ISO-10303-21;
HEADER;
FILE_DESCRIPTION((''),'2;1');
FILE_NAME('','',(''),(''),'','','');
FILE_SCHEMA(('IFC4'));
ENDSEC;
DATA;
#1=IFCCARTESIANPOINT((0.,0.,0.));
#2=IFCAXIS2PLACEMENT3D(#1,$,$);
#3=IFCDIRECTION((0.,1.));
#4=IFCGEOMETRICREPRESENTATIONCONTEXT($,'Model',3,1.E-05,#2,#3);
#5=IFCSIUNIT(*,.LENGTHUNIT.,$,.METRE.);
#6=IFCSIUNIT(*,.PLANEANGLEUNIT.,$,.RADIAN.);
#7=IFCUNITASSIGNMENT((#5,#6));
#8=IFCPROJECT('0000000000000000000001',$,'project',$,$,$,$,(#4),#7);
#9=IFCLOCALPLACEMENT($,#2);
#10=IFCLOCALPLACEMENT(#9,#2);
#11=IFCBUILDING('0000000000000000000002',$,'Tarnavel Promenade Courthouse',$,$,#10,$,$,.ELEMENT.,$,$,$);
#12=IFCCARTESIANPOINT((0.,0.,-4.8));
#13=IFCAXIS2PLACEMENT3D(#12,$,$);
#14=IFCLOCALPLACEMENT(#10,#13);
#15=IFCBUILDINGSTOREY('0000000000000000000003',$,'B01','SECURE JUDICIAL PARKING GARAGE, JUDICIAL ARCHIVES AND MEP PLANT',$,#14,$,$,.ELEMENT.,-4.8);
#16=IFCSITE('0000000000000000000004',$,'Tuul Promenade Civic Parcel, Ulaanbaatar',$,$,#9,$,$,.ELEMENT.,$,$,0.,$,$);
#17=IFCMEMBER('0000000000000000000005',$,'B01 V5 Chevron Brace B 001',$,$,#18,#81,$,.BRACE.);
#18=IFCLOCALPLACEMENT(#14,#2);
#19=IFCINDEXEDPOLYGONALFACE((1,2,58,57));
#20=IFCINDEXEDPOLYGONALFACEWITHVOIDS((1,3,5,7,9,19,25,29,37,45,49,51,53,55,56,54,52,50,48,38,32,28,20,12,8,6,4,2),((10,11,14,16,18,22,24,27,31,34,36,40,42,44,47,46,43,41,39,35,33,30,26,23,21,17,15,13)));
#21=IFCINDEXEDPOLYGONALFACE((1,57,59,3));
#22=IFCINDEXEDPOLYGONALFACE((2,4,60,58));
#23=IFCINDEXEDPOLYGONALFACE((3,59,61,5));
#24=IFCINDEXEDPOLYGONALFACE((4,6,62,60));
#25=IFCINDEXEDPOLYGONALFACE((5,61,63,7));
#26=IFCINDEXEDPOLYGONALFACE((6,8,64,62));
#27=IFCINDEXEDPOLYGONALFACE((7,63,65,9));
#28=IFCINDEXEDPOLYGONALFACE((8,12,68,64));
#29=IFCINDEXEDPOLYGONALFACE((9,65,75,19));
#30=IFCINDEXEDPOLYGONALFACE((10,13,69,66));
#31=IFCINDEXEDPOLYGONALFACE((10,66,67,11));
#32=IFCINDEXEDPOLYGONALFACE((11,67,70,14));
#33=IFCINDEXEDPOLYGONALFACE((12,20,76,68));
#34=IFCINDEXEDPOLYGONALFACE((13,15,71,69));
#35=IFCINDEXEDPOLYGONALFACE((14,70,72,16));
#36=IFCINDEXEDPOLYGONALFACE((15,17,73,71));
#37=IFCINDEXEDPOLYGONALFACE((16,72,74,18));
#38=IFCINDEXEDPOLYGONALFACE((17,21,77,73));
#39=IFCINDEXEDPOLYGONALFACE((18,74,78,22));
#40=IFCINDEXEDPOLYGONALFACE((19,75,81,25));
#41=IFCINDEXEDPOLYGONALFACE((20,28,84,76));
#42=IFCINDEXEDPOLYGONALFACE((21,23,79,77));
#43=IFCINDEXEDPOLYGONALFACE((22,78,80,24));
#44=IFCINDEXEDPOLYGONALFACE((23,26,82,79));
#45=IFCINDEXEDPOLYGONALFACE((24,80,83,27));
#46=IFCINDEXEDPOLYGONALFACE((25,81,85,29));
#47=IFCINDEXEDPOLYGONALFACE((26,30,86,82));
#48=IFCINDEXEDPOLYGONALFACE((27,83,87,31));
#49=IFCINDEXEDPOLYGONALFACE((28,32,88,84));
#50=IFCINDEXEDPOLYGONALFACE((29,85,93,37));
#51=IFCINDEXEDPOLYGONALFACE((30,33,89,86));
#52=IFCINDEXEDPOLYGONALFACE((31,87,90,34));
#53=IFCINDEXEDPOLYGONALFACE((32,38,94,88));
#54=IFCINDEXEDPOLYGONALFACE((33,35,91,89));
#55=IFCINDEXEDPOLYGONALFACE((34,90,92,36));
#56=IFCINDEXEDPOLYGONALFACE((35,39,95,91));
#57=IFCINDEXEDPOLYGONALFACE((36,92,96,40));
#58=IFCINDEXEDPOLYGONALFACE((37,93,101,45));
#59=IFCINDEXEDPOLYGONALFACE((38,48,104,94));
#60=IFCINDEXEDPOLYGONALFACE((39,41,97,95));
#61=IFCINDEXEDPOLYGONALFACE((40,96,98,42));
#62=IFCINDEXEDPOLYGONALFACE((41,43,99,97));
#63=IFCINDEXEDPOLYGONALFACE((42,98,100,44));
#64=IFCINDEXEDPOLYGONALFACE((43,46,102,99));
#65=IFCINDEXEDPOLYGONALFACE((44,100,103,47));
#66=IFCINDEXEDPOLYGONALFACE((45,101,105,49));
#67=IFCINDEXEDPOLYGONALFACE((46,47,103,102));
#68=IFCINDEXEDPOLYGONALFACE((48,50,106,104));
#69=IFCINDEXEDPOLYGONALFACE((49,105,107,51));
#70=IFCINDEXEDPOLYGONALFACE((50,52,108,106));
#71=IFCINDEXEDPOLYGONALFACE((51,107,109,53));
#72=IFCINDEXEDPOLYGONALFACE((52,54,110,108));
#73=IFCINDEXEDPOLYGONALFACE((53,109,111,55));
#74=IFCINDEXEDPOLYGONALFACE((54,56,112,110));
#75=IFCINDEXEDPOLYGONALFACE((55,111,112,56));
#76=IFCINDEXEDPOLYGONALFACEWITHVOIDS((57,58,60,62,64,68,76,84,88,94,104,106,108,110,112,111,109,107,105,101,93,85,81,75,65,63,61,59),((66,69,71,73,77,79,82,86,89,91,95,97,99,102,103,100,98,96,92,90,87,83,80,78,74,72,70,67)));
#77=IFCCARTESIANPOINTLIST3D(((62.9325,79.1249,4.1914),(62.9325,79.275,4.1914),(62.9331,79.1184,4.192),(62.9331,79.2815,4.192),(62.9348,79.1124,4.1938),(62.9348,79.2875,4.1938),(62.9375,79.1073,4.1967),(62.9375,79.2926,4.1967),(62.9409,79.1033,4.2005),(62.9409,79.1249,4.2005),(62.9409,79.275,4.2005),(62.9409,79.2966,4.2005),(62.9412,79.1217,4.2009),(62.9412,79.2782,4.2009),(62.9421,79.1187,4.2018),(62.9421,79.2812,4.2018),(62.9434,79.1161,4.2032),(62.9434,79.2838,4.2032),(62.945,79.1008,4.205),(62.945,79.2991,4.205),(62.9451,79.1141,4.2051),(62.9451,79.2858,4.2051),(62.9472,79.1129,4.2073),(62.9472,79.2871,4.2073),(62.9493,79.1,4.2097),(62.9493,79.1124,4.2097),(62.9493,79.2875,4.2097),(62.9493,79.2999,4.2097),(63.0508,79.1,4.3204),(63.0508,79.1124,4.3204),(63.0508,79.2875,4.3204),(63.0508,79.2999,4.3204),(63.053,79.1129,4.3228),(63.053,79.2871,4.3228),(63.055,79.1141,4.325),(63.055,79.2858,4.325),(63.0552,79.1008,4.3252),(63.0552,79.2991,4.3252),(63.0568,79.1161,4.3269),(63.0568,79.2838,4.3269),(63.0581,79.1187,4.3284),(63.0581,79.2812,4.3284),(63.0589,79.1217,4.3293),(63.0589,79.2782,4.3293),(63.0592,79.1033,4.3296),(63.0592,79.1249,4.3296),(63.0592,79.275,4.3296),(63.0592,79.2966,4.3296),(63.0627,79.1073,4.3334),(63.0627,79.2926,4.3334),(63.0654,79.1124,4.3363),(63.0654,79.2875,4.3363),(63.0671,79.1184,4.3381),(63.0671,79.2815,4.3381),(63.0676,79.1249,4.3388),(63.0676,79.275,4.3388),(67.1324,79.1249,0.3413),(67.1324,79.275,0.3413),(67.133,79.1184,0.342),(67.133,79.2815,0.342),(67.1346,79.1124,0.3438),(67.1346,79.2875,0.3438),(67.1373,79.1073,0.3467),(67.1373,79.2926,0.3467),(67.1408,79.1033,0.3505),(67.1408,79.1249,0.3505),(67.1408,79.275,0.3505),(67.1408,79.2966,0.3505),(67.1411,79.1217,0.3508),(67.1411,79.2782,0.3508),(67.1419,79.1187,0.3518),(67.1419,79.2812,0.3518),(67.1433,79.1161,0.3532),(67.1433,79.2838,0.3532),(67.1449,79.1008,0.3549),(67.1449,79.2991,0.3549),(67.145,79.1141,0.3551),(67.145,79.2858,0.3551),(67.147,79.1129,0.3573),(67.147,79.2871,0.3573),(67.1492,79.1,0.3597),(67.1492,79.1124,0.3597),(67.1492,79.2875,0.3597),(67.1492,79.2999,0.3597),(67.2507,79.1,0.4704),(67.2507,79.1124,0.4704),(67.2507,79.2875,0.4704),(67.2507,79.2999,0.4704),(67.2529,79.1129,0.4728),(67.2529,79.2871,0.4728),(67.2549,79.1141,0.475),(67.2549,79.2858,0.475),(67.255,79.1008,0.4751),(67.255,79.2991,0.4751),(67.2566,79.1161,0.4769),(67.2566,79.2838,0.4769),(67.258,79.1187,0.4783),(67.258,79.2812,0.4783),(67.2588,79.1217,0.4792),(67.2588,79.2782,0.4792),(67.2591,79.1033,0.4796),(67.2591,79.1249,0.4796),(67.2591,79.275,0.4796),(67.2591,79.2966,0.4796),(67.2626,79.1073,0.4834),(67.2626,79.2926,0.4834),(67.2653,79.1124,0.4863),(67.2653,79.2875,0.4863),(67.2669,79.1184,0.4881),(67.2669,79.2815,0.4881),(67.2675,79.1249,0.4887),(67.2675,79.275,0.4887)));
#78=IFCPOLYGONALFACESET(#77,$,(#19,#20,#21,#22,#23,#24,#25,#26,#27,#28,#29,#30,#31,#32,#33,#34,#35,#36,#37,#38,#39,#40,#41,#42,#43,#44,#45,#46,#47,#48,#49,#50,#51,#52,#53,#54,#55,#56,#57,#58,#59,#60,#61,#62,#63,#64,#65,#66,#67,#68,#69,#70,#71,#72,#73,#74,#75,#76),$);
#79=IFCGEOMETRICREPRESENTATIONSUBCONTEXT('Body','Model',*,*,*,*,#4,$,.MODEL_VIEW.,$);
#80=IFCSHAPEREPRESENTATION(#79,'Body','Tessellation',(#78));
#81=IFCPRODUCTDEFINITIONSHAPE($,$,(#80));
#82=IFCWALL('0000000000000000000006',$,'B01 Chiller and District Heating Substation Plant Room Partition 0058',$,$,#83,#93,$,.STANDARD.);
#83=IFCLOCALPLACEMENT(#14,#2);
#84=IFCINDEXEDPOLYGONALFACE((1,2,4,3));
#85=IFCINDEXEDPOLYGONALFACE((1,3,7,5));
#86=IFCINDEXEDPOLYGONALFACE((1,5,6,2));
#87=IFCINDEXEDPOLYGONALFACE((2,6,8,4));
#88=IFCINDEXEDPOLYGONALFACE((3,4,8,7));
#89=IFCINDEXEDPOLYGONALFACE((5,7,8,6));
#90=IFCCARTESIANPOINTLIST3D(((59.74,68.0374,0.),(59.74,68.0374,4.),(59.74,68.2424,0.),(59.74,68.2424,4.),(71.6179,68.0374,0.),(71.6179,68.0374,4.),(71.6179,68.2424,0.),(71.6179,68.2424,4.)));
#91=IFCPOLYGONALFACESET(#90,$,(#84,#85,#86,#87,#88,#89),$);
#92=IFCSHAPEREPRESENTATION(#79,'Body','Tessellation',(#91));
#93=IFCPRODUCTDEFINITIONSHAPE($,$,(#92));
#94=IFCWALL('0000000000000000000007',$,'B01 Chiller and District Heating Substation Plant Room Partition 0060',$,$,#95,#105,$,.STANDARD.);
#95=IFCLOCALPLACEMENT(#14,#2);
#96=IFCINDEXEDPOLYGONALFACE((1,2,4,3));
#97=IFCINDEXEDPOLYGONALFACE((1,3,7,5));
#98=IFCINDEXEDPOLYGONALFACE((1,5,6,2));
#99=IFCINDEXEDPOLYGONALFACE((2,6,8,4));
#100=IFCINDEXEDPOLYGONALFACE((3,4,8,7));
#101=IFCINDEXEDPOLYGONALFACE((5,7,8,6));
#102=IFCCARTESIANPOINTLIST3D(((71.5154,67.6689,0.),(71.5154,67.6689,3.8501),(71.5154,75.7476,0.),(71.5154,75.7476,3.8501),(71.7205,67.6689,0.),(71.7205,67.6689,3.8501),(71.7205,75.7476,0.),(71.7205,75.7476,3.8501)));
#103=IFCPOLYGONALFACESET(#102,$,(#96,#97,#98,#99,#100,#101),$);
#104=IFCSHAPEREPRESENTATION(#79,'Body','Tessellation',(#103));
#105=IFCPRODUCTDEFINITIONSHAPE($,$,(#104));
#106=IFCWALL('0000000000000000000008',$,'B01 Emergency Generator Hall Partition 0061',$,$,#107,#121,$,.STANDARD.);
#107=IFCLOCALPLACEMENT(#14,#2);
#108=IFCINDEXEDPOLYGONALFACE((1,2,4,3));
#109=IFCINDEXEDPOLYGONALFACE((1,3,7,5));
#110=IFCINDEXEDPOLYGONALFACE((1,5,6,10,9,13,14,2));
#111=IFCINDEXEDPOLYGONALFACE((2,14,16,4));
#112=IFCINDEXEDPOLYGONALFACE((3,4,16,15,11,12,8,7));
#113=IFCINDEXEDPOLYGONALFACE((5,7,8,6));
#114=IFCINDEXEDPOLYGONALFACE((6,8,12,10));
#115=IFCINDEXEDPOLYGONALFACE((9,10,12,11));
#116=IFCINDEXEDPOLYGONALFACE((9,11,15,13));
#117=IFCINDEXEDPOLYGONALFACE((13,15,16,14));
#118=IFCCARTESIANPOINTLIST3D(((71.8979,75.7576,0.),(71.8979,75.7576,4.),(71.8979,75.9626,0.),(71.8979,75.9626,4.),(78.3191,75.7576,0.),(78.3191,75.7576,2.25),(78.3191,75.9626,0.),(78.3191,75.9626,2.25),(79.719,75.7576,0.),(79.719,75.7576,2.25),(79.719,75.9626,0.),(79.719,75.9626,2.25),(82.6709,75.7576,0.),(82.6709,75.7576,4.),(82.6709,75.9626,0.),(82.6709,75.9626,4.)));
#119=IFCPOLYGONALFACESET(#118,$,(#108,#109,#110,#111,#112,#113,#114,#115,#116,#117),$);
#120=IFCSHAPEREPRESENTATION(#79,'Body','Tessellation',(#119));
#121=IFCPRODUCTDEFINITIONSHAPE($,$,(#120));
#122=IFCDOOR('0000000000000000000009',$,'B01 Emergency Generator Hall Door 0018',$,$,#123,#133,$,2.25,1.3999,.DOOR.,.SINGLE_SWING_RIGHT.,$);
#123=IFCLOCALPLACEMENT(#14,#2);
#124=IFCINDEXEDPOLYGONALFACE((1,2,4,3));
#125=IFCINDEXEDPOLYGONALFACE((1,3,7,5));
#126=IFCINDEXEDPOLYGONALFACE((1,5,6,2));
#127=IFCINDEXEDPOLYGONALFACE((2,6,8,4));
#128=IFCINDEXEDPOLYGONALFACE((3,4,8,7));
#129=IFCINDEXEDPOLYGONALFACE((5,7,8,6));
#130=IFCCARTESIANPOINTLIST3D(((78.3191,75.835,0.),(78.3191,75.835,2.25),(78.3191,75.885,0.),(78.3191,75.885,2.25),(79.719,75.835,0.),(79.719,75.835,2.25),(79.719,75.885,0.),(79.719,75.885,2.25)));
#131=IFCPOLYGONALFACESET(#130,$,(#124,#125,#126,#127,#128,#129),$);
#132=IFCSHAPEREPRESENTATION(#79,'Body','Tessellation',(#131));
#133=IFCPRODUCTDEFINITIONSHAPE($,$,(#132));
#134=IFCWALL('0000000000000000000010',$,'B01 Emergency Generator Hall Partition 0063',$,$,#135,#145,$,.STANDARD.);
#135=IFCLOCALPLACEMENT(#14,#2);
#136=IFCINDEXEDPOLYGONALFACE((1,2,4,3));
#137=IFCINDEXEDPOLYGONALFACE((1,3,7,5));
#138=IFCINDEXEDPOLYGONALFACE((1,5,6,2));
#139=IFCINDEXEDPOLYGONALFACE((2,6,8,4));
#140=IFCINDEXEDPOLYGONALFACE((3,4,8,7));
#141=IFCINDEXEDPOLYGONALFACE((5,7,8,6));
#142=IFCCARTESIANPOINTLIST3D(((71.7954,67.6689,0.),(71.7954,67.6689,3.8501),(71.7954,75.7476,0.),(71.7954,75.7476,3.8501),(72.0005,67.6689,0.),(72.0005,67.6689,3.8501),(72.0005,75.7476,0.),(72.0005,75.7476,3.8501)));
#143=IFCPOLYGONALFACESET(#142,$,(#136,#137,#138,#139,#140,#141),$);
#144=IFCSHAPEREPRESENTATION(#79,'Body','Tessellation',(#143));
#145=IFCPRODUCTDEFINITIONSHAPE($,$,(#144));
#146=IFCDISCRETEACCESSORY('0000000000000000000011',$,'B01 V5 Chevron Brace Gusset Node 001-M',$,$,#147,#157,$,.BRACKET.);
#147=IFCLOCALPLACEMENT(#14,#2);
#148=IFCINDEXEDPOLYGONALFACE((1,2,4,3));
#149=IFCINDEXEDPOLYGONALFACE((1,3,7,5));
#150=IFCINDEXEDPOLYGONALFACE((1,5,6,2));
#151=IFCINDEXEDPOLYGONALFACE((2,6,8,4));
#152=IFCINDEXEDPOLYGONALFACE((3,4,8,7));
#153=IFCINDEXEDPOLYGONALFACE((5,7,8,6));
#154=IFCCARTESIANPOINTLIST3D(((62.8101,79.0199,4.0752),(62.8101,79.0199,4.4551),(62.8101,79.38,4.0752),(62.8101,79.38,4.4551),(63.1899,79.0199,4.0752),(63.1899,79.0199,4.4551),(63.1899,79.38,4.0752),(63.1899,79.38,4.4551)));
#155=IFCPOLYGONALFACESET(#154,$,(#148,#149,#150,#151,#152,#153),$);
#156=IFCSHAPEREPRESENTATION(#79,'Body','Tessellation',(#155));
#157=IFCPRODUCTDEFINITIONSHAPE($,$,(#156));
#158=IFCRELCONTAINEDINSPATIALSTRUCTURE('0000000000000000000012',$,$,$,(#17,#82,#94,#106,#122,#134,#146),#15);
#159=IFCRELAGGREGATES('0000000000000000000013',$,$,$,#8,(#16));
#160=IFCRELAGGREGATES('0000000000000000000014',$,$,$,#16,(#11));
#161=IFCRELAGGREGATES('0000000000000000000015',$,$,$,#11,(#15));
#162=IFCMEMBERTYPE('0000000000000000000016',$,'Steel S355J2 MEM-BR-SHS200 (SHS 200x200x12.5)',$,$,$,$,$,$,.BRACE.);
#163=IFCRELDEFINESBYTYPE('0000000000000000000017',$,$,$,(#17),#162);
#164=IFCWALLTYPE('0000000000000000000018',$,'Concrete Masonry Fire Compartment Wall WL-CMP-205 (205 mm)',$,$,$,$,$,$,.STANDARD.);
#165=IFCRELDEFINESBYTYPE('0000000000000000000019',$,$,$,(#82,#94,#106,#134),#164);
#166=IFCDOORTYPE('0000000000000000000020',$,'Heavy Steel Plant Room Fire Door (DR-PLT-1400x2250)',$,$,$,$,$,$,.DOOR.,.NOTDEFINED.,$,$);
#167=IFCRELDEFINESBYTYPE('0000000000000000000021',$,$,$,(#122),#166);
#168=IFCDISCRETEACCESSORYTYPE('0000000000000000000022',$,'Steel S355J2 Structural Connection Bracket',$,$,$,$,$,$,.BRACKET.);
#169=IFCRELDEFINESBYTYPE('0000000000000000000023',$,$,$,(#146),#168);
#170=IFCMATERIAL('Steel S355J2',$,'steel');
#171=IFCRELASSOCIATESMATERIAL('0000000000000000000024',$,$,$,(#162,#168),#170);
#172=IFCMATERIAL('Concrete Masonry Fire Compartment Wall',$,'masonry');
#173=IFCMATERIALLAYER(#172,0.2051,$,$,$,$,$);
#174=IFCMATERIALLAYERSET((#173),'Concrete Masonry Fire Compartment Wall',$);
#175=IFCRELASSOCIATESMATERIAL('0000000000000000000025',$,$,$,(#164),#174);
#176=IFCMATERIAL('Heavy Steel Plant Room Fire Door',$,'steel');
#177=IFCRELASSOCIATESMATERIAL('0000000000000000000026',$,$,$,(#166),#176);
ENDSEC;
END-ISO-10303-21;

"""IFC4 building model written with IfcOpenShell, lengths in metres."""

from ifc_helpers import new_model, si_unit, direction, frame, frame_2d, origin, origin_2d, place, context, subcontext, project, spatial, rectangle, hollow_rectangle, extrude, material, layer, layer_set, material_profile, profile_set, type_object, element, fill, save


model = new_model("IFC4")

# Units and contexts
model_context = context("Model", 3, precision=1e-05, world=origin(), true_north=direction((0.0, 1.0)))
body_context = subcontext(model_context, "Body", "Model", "MODEL_VIEW")
ifc_project = project(units=[si_unit("LENGTHUNIT", "METRE"), si_unit("PLANEANGLEUNIT", "RADIAN")], contexts=[model_context])

# Site, building, storey
site_placement = place(None, origin())
site = spatial("IfcSite", under=ifc_project, at=site_placement, Name="Tuul Promenade Civic Parcel, Ulaanbaatar", CompositionType="ELEMENT", RefElevation=0.0)
building_placement = place(site_placement, origin())
building = spatial("IfcBuilding", under=site, at=building_placement, Name="Tarnavel Promenade Courthouse", CompositionType="ELEMENT")
storey_placement = place(building_placement, frame((0.0, 0.0, -4.8)))
storey = spatial("IfcBuildingStorey", under=building, at=storey_placement, Name="B01", Description="SECURE JUDICIAL PARKING GARAGE, JUDICIAL ARCHIVES AND MEP PLANT", CompositionType="ELEMENT", Elevation=-4.8)

# Shared definitions
ifc_material_1 = material(Name="Steel S355J2", Category="steel")

# Member
ifc_material_profile_1 = material_profile(ifc_material_1, hollow_rectangle(XDim=0.2, YDim=0.2, WallThickness=0.0125, InnerFilletRadius=0.0125, OuterFilletRadius=0.0249, at=origin_2d()), Name="SHS 200x200x12.5")
ifc_profile_set_1 = profile_set([ifc_material_profile_1], Name="Steel S355J2")
member_type = type_object("IfcMemberType", Name="Steel S355J2 MEM-BR-SHS200 (SHS 200x200x12.5)", PredefinedType="BRACE", material=ifc_profile_set_1)
member_placement = place(storey_placement, frame((67.2, 79.2, 0.415), z_axis=(-0.737142, 0.0, 0.675738), x_axis=(0.0, -1.0, 0.0)))
element("IfcMember", 1, at=member_placement, inside=storey, type_object=member_type, Name="B01 V5 Chevron Brace B 001", PredefinedType="BRACE", context=body_context, shape_type="SweptSolid", body=[
    extrude(hollow_rectangle(XDim=0.2, YDim=0.2, WallThickness=0.0125, InnerFilletRadius=0.0125, OuterFilletRadius=0.0249, at=origin_2d()), origin(), (0.0, 0.0, 1.0), 5.6975),
])

# Walls
ifc_material_2 = material(Name="Concrete Masonry Fire Compartment Wall", Category="masonry")
ifc_layer = layer(ifc_material_2, 0.2051)
ifc_layer_set = layer_set([ifc_layer], Name="Concrete Masonry Fire Compartment Wall")
wall_type = type_object("IfcWallType", Name="Concrete Masonry Fire Compartment Wall WL-CMP-205 (205 mm)", PredefinedType="STANDARD", material=ifc_layer_set)
wall_1_placement = place(storey_placement, frame((71.6179, 68.1399, 0.0), z_axis=(0.0, 0.0, 1.0), x_axis=(-1.0, 0.0, 0.0)))
element("IfcWall", 2, at=wall_1_placement, inside=storey, type_object=wall_type, Name="B01 Chiller and District Heating Substation Plant Room Partition 0058", PredefinedType="STANDARD", context=body_context, shape_type="SweptSolid", body=[
    extrude(rectangle(XDim=11.8779, YDim=0.2051, at=frame_2d((5.939, 0.0))), origin(), (0.0, 0.0, 1.0), 4.0),
])
wall_2_placement = place(storey_placement, frame((71.6179, 75.7476, 0.0), z_axis=(0.0, 0.0, 1.0), x_axis=(0.0, -1.0, 0.0)))
element("IfcWall", 3, at=wall_2_placement, inside=storey, type_object=wall_type, Name="B01 Chiller and District Heating Substation Plant Room Partition 0060", PredefinedType="STANDARD", context=body_context, shape_type="SweptSolid", body=[
    extrude(rectangle(XDim=8.0786, YDim=0.2051, at=frame_2d((4.0393, 0.0))), origin(), (0.0, 0.0, 1.0), 3.8501),
])

# Wall, opening, door
wall_3_placement = place(storey_placement, frame((71.8979, 75.8601, 0.0), z_axis=(0.0, 0.0, 1.0), x_axis=(1.0, 0.0, 0.0)))
wall_3 = element("IfcWall", 4, at=wall_3_placement, inside=storey, type_object=wall_type, Name="B01 Emergency Generator Hall Partition 0061", PredefinedType="STANDARD", context=body_context, shape_type="SweptSolid", body=[
    extrude(rectangle(XDim=10.7729, YDim=0.2051, at=frame_2d((5.3865, 0.0))), origin(), (0.0, 0.0, 1.0), 4.0),
])
opening_placement = place(wall_3_placement, frame((6.4211, 0.0, 0.0)))
opening = element("IfcOpeningElement", 5, at=opening_placement, cuts=wall_3, PredefinedType="OPENING", context=body_context, shape_type="SweptSolid", body=[
    extrude(rectangle(XDim=1.3999, YDim=2.25, at=frame_2d((0.7, 1.125))), frame((0.0, 0.1125, 0.0), z_axis=(0.0, -1.0, 0.0), x_axis=(1.0, 0.0, 0.0)), (0.0, 0.0, 1.0), 0.2251),
])
ifc_material_3 = material(Name="Heavy Steel Plant Room Fire Door", Category="steel")
door_type = type_object("IfcDoorType", Name="Heavy Steel Plant Room Fire Door (DR-PLT-1400x2250)", OperationType="NOTDEFINED", PredefinedType="DOOR", material=ifc_material_3)
door_placement = place(opening_placement, origin())
door = element("IfcDoor", 6, at=door_placement, inside=storey, type_object=door_type, Name="B01 Emergency Generator Hall Door 0018", OperationType="SINGLE_SWING_RIGHT", OverallHeight=2.25, OverallWidth=1.3999, PredefinedType="DOOR", context=body_context, shape_type="SweptSolid", body=[
    extrude(rectangle(XDim=1.3999, YDim=2.25, at=frame_2d((0.7, 1.125))), frame((0.0, 0.0249, 0.0), z_axis=(0.0, -1.0, 0.0), x_axis=(1.0, 0.0, 0.0)), (0.0, 0.0, 1.0), 0.05),
])
fill(opening, door)

# Wall
wall_4_placement = place(storey_placement, frame((71.8979, 67.6689, 0.0), z_axis=(0.0, 0.0, 1.0), x_axis=(0.0, 1.0, 0.0)))
element("IfcWall", 7, at=wall_4_placement, inside=storey, type_object=wall_type, Name="B01 Emergency Generator Hall Partition 0063", PredefinedType="STANDARD", context=body_context, shape_type="SweptSolid", body=[
    extrude(rectangle(XDim=8.0786, YDim=0.2051, at=frame_2d((4.0393, 0.0))), origin(), (0.0, 0.0, 1.0), 3.8501),
])

# Discrete accessory
discrete_accessory_type = type_object("IfcDiscreteAccessoryType", Name="Steel S355J2 Structural Connection Bracket", PredefinedType="BRACKET", material=ifc_material_1)
discrete_accessory_placement = place(storey_placement, frame((63.0, 79.2, 4.0752), z_axis=(0.0, 0.0, 1.0), x_axis=(1.0, 0.0, 0.0)))
element("IfcDiscreteAccessory", 8, at=discrete_accessory_placement, inside=storey, type_object=discrete_accessory_type, Name="B01 V5 Chevron Brace Gusset Node 001-M", PredefinedType="BRACKET", context=body_context, shape_type="SweptSolid", body=[
    extrude(rectangle(XDim=0.3799, YDim=0.3601, at=origin_2d()), origin(), (0.0, 0.0, 1.0), 0.3799),
])

save(model, "model.ifc")
